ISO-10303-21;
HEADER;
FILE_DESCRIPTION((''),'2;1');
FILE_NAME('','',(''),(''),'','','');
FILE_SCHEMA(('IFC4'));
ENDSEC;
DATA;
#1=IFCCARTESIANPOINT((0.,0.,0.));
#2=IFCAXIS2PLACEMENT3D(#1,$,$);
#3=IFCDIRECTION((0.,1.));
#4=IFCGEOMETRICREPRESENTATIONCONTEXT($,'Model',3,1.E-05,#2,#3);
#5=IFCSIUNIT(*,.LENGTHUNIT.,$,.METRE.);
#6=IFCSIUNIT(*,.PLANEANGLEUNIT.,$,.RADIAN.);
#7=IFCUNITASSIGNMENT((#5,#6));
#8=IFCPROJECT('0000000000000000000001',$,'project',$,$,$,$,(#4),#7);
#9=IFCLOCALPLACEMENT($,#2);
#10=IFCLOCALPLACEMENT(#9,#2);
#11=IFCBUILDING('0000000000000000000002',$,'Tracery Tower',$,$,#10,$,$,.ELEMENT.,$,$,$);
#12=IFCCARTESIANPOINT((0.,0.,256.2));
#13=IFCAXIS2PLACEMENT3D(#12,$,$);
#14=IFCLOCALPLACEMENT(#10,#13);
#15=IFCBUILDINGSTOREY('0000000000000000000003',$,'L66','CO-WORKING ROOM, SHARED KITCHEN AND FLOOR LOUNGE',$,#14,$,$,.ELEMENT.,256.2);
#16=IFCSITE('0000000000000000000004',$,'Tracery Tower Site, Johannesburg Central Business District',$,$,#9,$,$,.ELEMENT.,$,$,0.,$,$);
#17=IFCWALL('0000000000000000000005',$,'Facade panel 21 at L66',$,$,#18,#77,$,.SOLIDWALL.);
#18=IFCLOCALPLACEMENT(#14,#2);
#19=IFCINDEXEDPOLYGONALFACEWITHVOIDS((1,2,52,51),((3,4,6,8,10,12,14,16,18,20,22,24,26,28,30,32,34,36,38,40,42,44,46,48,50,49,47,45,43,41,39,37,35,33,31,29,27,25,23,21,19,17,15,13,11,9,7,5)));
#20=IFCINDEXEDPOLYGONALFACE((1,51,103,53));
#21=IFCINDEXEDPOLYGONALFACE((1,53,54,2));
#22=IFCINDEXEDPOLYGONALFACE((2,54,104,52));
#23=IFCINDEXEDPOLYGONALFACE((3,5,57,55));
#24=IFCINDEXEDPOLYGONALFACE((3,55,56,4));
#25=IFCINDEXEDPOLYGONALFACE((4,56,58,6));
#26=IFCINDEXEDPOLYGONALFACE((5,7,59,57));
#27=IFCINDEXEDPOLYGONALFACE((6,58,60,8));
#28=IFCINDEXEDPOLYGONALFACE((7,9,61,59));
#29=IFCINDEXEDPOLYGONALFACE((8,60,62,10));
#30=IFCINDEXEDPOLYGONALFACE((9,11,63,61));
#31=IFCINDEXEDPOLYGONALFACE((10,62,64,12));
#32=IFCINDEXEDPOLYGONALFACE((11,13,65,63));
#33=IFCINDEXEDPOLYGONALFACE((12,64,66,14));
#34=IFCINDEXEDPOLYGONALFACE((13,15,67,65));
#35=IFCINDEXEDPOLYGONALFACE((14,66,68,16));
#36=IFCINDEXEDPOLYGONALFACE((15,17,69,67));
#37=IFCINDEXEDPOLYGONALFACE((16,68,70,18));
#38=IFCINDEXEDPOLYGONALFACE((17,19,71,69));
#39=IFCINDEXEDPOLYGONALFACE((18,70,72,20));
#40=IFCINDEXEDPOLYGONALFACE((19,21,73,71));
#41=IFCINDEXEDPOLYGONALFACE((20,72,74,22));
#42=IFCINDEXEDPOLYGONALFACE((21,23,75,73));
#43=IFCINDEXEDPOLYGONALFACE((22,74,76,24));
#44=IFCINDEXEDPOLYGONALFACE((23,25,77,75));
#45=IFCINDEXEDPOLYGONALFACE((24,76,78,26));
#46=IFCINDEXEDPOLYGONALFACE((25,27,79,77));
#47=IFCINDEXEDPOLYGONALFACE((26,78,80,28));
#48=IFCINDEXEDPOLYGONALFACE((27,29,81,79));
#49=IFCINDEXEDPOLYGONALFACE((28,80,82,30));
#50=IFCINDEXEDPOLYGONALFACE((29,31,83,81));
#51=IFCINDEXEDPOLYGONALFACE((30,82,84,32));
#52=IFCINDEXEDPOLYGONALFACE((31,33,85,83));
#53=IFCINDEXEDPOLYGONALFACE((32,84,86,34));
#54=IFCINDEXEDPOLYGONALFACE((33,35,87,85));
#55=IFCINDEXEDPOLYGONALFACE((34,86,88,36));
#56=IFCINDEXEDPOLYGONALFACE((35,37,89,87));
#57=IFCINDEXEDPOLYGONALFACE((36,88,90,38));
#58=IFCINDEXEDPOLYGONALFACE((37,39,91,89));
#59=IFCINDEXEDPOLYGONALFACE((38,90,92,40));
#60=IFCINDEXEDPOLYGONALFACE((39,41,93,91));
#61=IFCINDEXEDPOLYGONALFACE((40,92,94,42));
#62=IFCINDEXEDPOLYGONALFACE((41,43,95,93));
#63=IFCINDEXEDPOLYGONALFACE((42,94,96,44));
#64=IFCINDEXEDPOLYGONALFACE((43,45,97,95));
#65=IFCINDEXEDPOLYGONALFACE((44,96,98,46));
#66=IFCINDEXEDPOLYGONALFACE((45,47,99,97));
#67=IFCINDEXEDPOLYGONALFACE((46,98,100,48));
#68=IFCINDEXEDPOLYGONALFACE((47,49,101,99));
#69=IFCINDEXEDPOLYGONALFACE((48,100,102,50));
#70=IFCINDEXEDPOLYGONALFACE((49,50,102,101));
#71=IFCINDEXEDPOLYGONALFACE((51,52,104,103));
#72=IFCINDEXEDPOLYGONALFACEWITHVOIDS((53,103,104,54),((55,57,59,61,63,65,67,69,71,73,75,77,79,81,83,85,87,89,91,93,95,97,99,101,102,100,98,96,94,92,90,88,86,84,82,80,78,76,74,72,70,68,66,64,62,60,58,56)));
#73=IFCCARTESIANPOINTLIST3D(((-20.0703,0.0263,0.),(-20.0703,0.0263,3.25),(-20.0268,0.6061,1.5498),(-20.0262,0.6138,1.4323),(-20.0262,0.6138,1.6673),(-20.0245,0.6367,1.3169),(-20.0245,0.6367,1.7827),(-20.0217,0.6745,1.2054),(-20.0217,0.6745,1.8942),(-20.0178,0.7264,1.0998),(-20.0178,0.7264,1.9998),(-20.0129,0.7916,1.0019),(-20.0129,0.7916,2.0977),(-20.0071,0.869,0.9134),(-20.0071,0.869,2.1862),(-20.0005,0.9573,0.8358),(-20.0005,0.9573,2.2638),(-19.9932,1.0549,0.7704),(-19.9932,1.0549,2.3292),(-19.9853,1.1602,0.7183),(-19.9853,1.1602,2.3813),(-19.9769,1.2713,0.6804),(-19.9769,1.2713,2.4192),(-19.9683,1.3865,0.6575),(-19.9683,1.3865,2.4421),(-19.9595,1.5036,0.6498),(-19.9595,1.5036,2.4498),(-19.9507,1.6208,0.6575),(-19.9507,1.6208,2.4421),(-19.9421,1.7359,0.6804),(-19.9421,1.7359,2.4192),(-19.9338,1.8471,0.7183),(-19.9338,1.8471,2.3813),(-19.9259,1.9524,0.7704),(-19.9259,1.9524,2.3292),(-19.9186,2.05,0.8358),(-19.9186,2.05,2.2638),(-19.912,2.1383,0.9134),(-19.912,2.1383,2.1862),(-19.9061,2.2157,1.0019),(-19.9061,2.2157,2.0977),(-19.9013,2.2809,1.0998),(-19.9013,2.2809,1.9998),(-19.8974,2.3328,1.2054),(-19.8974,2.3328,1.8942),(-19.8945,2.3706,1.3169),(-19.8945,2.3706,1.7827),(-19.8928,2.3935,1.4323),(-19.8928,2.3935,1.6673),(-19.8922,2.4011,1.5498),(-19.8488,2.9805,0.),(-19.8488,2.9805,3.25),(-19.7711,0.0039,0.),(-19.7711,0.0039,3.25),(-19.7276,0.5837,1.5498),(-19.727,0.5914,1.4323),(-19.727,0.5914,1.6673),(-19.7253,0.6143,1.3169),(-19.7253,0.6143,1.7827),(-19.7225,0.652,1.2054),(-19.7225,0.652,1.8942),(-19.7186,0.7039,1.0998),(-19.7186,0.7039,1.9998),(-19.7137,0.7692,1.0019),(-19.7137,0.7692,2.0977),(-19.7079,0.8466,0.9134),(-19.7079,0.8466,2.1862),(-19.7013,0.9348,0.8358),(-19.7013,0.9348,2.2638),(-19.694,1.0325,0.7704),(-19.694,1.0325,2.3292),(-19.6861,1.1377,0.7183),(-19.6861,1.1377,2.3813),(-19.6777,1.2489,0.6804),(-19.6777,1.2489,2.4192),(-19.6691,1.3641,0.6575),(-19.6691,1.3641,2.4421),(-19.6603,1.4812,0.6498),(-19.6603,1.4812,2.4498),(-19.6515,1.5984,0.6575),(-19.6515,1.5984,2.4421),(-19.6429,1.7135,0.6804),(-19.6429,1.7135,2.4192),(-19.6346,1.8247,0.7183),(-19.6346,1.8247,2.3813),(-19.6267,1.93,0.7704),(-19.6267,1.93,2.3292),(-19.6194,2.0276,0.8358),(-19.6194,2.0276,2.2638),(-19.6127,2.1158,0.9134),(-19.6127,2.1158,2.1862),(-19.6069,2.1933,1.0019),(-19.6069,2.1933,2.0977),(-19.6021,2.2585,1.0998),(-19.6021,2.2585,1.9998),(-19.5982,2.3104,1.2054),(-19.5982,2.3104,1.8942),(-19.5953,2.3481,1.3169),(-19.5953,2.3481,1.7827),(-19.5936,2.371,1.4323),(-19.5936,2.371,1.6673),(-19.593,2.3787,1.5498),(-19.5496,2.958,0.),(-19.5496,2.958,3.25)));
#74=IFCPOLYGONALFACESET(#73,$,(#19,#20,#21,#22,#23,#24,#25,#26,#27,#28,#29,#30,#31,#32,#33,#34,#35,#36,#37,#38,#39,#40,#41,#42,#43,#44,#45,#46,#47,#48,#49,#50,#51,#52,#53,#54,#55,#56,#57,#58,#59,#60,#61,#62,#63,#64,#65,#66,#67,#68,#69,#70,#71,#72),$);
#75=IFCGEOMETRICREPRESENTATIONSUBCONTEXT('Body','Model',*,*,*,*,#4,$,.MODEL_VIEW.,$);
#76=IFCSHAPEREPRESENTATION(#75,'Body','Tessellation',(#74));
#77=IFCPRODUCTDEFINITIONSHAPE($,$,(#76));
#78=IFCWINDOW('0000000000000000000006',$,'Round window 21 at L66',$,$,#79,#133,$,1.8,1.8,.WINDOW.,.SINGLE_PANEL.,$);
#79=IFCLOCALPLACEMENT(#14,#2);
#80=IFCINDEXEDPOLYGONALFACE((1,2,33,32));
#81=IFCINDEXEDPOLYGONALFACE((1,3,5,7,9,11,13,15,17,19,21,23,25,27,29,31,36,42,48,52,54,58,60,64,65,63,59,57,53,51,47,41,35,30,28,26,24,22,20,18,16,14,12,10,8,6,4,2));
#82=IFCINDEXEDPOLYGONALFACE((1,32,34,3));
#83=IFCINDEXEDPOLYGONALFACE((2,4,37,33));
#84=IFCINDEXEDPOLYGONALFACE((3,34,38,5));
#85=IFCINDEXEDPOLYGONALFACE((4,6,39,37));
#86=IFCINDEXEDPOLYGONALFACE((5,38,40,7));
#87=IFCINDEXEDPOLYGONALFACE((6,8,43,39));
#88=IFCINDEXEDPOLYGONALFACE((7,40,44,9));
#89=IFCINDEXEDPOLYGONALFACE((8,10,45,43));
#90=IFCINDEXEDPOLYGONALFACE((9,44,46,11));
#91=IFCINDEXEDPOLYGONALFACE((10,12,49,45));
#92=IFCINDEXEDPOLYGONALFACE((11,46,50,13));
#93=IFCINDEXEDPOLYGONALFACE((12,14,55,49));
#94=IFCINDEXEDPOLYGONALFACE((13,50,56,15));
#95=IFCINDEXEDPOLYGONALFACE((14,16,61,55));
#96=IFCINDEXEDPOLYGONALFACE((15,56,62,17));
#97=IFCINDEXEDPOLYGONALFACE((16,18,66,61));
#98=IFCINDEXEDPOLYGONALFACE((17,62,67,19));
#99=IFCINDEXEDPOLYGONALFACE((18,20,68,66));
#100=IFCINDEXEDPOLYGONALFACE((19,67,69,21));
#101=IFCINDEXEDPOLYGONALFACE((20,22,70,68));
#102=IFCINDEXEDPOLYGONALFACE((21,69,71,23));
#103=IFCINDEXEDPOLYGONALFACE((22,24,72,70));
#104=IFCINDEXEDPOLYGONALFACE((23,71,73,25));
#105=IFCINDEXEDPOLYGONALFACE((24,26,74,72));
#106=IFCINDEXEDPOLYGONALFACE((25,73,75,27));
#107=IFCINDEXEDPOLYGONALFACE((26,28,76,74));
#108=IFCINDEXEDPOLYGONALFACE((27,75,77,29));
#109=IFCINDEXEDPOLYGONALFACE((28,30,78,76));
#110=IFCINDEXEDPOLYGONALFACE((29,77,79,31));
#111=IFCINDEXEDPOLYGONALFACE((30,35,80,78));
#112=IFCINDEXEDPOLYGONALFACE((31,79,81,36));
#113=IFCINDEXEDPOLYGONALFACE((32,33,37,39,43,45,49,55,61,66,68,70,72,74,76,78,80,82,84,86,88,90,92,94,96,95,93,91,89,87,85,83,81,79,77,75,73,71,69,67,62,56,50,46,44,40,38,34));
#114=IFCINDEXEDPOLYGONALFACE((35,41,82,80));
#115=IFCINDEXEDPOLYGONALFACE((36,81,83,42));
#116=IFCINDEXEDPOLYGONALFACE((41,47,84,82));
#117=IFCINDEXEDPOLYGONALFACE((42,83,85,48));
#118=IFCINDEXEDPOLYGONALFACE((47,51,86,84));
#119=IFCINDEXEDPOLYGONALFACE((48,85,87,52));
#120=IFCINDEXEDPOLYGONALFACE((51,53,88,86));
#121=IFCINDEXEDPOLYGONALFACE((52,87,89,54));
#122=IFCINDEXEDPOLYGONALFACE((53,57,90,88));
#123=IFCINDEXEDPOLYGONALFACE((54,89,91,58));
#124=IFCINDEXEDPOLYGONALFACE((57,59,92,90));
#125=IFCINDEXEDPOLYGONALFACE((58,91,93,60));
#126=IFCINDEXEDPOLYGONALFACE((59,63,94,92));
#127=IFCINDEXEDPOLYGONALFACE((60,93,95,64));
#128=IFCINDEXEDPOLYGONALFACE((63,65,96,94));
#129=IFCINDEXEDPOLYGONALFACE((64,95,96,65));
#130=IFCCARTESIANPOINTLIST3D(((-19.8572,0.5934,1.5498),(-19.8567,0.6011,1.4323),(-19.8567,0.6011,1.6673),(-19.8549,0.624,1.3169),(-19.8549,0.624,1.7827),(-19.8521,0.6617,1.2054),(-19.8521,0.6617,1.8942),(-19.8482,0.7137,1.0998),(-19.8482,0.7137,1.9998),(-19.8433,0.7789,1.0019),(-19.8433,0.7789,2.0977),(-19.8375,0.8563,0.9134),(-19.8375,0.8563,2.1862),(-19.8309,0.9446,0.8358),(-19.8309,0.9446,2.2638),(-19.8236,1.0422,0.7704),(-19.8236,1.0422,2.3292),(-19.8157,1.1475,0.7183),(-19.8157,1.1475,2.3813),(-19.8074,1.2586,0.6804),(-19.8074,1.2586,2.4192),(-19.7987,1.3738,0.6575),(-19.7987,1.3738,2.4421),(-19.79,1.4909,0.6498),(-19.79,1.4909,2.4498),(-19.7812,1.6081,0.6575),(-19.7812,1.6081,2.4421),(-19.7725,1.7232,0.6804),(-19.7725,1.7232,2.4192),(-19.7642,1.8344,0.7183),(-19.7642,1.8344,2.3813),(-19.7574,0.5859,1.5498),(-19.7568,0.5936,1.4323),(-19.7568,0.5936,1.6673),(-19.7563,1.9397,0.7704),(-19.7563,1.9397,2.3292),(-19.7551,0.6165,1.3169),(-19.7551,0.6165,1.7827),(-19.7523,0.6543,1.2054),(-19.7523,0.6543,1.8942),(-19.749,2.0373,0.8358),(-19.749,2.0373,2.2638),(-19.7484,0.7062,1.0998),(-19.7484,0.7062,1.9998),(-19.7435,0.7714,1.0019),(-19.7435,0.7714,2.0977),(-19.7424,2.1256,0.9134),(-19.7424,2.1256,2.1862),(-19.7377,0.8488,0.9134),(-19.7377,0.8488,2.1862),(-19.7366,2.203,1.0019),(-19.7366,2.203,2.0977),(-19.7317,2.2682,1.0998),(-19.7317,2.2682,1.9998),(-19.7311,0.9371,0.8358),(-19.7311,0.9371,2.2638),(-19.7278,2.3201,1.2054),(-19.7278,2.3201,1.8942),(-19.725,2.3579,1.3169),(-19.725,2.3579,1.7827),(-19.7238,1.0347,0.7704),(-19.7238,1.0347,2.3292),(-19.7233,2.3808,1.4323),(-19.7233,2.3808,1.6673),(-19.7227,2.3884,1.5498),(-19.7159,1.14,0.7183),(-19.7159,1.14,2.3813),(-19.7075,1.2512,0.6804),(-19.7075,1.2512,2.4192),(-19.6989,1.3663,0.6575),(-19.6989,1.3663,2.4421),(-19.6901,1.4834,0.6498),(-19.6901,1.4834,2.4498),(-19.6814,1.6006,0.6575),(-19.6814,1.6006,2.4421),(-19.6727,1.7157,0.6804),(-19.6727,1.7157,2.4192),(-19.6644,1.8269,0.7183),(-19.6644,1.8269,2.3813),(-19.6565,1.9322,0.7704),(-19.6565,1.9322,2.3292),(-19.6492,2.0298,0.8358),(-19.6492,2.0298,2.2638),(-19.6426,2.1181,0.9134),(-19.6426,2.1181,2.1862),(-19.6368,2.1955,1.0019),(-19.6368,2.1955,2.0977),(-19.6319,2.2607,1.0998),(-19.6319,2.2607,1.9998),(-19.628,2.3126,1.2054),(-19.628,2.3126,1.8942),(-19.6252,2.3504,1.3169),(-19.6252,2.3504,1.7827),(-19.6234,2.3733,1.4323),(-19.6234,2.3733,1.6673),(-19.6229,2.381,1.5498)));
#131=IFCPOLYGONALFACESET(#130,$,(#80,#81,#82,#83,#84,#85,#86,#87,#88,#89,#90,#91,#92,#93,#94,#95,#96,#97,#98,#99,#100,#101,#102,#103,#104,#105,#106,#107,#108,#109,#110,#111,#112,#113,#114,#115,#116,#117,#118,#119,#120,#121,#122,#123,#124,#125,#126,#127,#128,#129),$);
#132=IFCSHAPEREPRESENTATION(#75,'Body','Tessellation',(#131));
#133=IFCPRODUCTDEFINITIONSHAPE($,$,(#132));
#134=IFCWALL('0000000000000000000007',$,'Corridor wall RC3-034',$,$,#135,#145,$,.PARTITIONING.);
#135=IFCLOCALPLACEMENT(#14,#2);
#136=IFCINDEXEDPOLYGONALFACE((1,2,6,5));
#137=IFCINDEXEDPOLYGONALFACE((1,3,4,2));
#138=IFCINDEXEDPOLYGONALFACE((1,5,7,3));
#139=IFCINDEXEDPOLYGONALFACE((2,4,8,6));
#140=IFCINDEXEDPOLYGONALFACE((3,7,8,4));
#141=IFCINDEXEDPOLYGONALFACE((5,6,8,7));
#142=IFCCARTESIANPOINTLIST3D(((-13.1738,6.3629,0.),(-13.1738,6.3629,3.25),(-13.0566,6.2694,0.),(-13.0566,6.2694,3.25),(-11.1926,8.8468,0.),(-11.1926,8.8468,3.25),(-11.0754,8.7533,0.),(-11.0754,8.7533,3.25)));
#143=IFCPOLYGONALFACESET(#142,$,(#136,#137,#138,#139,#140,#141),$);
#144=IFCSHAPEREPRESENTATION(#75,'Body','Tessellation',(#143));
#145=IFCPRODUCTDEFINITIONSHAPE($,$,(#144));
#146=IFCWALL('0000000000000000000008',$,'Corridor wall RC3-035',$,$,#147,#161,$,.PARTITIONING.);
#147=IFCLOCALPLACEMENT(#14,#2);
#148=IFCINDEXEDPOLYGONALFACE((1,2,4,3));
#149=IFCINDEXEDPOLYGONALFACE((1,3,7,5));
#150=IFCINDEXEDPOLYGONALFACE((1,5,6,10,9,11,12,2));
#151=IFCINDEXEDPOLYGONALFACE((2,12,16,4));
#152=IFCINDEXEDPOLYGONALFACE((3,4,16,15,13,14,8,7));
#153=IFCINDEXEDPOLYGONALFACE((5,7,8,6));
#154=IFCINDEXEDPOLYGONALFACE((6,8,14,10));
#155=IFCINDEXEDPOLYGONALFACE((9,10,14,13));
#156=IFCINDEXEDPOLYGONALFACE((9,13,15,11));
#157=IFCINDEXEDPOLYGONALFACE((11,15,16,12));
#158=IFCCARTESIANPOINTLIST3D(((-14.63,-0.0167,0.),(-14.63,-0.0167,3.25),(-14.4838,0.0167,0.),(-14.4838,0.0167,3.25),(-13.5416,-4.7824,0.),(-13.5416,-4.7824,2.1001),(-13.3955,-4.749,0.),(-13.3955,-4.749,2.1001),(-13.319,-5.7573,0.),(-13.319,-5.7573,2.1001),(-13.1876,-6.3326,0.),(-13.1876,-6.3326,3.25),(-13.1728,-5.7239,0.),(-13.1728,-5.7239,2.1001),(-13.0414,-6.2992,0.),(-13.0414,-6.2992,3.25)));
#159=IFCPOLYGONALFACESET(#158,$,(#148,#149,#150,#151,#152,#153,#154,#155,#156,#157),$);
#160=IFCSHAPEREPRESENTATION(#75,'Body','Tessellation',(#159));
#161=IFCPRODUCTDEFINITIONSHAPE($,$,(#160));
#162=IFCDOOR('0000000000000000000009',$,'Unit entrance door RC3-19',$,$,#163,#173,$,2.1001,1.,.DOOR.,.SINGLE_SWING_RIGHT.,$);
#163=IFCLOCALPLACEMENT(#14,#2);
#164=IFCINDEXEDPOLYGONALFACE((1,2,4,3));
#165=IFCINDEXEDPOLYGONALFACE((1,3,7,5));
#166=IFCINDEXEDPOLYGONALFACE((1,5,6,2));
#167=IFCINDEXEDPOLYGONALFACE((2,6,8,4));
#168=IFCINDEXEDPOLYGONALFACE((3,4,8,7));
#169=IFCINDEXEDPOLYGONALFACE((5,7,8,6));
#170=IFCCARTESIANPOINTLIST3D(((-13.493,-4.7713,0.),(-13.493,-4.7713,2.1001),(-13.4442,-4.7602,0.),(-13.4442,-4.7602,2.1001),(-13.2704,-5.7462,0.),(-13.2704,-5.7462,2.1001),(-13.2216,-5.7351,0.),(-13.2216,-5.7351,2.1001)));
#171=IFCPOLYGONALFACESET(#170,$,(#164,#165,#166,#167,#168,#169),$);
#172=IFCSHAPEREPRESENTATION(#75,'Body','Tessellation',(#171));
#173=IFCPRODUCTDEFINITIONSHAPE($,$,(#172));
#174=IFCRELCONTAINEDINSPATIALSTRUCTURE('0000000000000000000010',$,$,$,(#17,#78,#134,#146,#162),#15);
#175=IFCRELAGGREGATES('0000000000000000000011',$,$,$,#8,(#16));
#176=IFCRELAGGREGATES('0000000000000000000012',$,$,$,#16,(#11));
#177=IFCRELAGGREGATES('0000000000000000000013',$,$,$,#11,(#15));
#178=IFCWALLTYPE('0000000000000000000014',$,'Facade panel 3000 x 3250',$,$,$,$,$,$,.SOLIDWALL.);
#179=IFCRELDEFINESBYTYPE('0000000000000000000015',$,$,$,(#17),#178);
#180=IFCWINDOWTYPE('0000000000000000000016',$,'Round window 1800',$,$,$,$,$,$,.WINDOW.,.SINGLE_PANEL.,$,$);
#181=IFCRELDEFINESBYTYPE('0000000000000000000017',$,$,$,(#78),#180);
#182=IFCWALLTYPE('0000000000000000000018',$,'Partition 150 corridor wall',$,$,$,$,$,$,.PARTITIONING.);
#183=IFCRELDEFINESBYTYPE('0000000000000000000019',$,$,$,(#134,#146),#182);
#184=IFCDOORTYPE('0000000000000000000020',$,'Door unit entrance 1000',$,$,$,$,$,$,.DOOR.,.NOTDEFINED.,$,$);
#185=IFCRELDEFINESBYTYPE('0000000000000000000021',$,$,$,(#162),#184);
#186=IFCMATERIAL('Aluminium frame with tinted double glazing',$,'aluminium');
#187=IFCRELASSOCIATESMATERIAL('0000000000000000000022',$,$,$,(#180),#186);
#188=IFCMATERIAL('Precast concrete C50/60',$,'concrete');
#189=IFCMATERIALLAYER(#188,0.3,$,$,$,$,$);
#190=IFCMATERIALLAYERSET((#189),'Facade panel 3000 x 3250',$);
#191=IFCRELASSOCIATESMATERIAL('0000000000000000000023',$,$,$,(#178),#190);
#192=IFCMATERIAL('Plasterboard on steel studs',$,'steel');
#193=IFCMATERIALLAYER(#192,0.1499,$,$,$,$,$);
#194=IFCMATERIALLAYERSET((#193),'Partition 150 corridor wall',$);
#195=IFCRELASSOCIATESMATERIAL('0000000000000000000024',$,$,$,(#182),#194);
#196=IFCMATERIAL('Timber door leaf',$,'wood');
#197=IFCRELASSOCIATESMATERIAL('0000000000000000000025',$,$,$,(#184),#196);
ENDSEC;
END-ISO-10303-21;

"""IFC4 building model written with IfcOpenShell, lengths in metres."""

from ifc_helpers import new_model, si_unit, direction, frame, frame_2d, origin, origin_2d, place, context, subcontext, project, spatial, rectangle, circle, extrude, material, layer, layer_set, type_object, element, fill, save


model = new_model("IFC4")

# Units and contexts
model_context = context("Model", 3, precision=1e-05, world=origin(), true_north=direction((0.0, 1.0)))
body_context = subcontext(model_context, "Body", "Model", "MODEL_VIEW")
ifc_project = project(units=[si_unit("LENGTHUNIT", "METRE"), si_unit("PLANEANGLEUNIT", "RADIAN")], contexts=[model_context])

# Site, building, storey
site_placement = place(None, origin())
site = spatial("IfcSite", under=ifc_project, at=site_placement, Name="Tracery Tower Site, Johannesburg Central Business District", CompositionType="ELEMENT", RefElevation=0.0)
building_placement = place(site_placement, origin())
building = spatial("IfcBuilding", under=site, at=building_placement, Name="Tracery Tower", CompositionType="ELEMENT")
storey_placement = place(building_placement, frame((0.0, 0.0, 256.2)))
storey = spatial("IfcBuildingStorey", under=building, at=storey_placement, Name="L66", Description="CO-WORKING ROOM, SHARED KITCHEN AND FLOOR LOUNGE", CompositionType="ELEMENT", Elevation=256.2)

# Wall, opening, window
ifc_material_1 = material(Name="Aluminium frame with tinted double glazing", Category="aluminium")
window_type = type_object("IfcWindowType", Name="Round window 1800", PartitioningType="SINGLE_PANEL", PredefinedType="WINDOW", material=ifc_material_1)
ifc_material_2 = material(Name="Precast concrete C50/60", Category="concrete")
ifc_layer_1 = layer(ifc_material_2, 0.3)
ifc_layer_set_1 = layer_set([ifc_layer_1], Name="Facade panel 3000 x 3250")
wall_type_1 = type_object("IfcWallType", Name="Facade panel 3000 x 3250", PredefinedType="SOLIDWALL", material=ifc_layer_set_1)
wall_1_placement = place(storey_placement, frame((-19.6992, 2.9692, 0.0), z_axis=(0.0, 0.0, 1.0), x_axis=(-0.074749, -0.997202, 0.0)))
wall_1 = element("IfcWall", 1, at=wall_1_placement, inside=storey, type_object=wall_type_1, Name="Facade panel 21 at L66", PredefinedType="SOLIDWALL", context=body_context, shape_type="SweptSolid", body=[
    extrude(rectangle(XDim=2.9624, YDim=0.3, at=frame_2d((1.4812, 0.0))), origin(), (0.0, 0.0, 1.0), 3.25),
])
opening_1_placement = place(wall_1_placement, frame((1.481, 0.0, 1.5498)))
opening_1 = element("IfcOpeningElement", 2, at=opening_1_placement, cuts=wall_1, PredefinedType="OPENING", context=body_context, shape_type="SweptSolid", body=[
    extrude(circle(Radius=0.9, at=origin_2d()), frame((0.0, 0.1599, 0.0), z_axis=(0.0, -1.0, 0.0), x_axis=(1.0, 0.0, 0.0)), (0.0, 0.0, 1.0), 0.3201),
])
window_1_placement = place(opening_1_placement, origin())
window_1 = element("IfcWindow", 3, at=window_1_placement, inside=storey, type_object=window_type, Name="Round window 21 at L66", OverallHeight=1.8, OverallWidth=1.8, PartitioningType="SINGLE_PANEL", PredefinedType="WINDOW", context=body_context, shape_type="SweptSolid", body=[
    extrude(circle(Radius=0.9, at=origin_2d()), frame((0.0, 0.1201, 0.0), z_axis=(0.0, -1.0, 0.0), x_axis=(1.0, 0.0, 0.0)), (0.0, 0.0, 1.0), 0.1001),
])
fill(opening_1, window_1)

# Wall
ifc_material_3 = material(Name="Plasterboard on steel studs", Category="steel")
ifc_layer_2 = layer(ifc_material_3, 0.1499)
ifc_layer_set_2 = layer_set([ifc_layer_2], Name="Partition 150 corridor wall")
wall_type_2 = type_object("IfcWallType", Name="Partition 150 corridor wall", PredefinedType="PARTITIONING", material=ifc_layer_set_2)
wall_2_placement = place(storey_placement, frame((-13.1152, 6.3162, 0.0), z_axis=(0.0, 0.0, 1.0), x_axis=(0.623561, 0.781775, 0.0)))
element("IfcWall", 4, at=wall_2_placement, inside=storey, type_object=wall_type_2, Name="Corridor wall RC3-034", PredefinedType="PARTITIONING", context=body_context, shape_type="SweptSolid", body=[
    extrude(rectangle(XDim=3.1772, YDim=0.1499, at=frame_2d((1.5886, 0.0))), origin(), (0.0, 0.0, 1.0), 3.25),
])

# Wall, opening, door
wall_3_placement = place(storey_placement, frame((-14.5569, 0.0, 0.0), z_axis=(0.0, 0.0, 1.0), x_axis=(0.222641, -0.974901, 0.0)))
wall_3 = element("IfcWall", 5, at=wall_3_placement, inside=storey, type_object=wall_type_2, Name="Corridor wall RC3-035", PredefinedType="PARTITIONING", context=body_context, shape_type="SweptSolid", body=[
    extrude(rectangle(XDim=6.4785, YDim=0.1499, at=frame_2d((3.2393, 0.0))), origin(), (0.0, 0.0, 1.0), 3.25),
])
opening_2_placement = place(wall_3_placement, frame((4.8884, 0.0, 0.0)))
opening_2 = element("IfcOpeningElement", 6, at=opening_2_placement, cuts=wall_3, PredefinedType="OPENING", context=body_context, shape_type="SweptSolid", body=[
    extrude(rectangle(XDim=1.0, YDim=2.1001, at=frame_2d((0.5, 1.05))), frame((0.0, 0.075, 0.0), z_axis=(0.0, -1.0, 0.0), x_axis=(1.0, 0.0, 0.0)), (0.0, 0.0, 1.0), 0.1499),
])
ifc_material_4 = material(Name="Timber door leaf", Category="wood")
door_type_1 = type_object("IfcDoorType", Name="Door unit entrance 1000", OperationType="NOTDEFINED", PredefinedType="DOOR", material=ifc_material_4)
door_1_placement = place(opening_2_placement, origin())
door_1 = element("IfcDoor", 7, at=door_1_placement, inside=storey, type_object=door_type_1, Name="Unit entrance door RC3-19", OperationType="SINGLE_SWING_RIGHT", OverallHeight=2.1001, OverallWidth=1.0, PredefinedType="DOOR", context=body_context, shape_type="SweptSolid", body=[
    extrude(rectangle(XDim=1.0, YDim=2.1001, at=frame_2d((0.5, 1.05))), frame((0.0, 0.0249, 0.0), z_axis=(0.0, -1.0, 0.0), x_axis=(1.0, 0.0, 0.0)), (0.0, 0.0, 1.0), 0.05),
])
fill(opening_2, door_1)

save(model, "model.ifc")
